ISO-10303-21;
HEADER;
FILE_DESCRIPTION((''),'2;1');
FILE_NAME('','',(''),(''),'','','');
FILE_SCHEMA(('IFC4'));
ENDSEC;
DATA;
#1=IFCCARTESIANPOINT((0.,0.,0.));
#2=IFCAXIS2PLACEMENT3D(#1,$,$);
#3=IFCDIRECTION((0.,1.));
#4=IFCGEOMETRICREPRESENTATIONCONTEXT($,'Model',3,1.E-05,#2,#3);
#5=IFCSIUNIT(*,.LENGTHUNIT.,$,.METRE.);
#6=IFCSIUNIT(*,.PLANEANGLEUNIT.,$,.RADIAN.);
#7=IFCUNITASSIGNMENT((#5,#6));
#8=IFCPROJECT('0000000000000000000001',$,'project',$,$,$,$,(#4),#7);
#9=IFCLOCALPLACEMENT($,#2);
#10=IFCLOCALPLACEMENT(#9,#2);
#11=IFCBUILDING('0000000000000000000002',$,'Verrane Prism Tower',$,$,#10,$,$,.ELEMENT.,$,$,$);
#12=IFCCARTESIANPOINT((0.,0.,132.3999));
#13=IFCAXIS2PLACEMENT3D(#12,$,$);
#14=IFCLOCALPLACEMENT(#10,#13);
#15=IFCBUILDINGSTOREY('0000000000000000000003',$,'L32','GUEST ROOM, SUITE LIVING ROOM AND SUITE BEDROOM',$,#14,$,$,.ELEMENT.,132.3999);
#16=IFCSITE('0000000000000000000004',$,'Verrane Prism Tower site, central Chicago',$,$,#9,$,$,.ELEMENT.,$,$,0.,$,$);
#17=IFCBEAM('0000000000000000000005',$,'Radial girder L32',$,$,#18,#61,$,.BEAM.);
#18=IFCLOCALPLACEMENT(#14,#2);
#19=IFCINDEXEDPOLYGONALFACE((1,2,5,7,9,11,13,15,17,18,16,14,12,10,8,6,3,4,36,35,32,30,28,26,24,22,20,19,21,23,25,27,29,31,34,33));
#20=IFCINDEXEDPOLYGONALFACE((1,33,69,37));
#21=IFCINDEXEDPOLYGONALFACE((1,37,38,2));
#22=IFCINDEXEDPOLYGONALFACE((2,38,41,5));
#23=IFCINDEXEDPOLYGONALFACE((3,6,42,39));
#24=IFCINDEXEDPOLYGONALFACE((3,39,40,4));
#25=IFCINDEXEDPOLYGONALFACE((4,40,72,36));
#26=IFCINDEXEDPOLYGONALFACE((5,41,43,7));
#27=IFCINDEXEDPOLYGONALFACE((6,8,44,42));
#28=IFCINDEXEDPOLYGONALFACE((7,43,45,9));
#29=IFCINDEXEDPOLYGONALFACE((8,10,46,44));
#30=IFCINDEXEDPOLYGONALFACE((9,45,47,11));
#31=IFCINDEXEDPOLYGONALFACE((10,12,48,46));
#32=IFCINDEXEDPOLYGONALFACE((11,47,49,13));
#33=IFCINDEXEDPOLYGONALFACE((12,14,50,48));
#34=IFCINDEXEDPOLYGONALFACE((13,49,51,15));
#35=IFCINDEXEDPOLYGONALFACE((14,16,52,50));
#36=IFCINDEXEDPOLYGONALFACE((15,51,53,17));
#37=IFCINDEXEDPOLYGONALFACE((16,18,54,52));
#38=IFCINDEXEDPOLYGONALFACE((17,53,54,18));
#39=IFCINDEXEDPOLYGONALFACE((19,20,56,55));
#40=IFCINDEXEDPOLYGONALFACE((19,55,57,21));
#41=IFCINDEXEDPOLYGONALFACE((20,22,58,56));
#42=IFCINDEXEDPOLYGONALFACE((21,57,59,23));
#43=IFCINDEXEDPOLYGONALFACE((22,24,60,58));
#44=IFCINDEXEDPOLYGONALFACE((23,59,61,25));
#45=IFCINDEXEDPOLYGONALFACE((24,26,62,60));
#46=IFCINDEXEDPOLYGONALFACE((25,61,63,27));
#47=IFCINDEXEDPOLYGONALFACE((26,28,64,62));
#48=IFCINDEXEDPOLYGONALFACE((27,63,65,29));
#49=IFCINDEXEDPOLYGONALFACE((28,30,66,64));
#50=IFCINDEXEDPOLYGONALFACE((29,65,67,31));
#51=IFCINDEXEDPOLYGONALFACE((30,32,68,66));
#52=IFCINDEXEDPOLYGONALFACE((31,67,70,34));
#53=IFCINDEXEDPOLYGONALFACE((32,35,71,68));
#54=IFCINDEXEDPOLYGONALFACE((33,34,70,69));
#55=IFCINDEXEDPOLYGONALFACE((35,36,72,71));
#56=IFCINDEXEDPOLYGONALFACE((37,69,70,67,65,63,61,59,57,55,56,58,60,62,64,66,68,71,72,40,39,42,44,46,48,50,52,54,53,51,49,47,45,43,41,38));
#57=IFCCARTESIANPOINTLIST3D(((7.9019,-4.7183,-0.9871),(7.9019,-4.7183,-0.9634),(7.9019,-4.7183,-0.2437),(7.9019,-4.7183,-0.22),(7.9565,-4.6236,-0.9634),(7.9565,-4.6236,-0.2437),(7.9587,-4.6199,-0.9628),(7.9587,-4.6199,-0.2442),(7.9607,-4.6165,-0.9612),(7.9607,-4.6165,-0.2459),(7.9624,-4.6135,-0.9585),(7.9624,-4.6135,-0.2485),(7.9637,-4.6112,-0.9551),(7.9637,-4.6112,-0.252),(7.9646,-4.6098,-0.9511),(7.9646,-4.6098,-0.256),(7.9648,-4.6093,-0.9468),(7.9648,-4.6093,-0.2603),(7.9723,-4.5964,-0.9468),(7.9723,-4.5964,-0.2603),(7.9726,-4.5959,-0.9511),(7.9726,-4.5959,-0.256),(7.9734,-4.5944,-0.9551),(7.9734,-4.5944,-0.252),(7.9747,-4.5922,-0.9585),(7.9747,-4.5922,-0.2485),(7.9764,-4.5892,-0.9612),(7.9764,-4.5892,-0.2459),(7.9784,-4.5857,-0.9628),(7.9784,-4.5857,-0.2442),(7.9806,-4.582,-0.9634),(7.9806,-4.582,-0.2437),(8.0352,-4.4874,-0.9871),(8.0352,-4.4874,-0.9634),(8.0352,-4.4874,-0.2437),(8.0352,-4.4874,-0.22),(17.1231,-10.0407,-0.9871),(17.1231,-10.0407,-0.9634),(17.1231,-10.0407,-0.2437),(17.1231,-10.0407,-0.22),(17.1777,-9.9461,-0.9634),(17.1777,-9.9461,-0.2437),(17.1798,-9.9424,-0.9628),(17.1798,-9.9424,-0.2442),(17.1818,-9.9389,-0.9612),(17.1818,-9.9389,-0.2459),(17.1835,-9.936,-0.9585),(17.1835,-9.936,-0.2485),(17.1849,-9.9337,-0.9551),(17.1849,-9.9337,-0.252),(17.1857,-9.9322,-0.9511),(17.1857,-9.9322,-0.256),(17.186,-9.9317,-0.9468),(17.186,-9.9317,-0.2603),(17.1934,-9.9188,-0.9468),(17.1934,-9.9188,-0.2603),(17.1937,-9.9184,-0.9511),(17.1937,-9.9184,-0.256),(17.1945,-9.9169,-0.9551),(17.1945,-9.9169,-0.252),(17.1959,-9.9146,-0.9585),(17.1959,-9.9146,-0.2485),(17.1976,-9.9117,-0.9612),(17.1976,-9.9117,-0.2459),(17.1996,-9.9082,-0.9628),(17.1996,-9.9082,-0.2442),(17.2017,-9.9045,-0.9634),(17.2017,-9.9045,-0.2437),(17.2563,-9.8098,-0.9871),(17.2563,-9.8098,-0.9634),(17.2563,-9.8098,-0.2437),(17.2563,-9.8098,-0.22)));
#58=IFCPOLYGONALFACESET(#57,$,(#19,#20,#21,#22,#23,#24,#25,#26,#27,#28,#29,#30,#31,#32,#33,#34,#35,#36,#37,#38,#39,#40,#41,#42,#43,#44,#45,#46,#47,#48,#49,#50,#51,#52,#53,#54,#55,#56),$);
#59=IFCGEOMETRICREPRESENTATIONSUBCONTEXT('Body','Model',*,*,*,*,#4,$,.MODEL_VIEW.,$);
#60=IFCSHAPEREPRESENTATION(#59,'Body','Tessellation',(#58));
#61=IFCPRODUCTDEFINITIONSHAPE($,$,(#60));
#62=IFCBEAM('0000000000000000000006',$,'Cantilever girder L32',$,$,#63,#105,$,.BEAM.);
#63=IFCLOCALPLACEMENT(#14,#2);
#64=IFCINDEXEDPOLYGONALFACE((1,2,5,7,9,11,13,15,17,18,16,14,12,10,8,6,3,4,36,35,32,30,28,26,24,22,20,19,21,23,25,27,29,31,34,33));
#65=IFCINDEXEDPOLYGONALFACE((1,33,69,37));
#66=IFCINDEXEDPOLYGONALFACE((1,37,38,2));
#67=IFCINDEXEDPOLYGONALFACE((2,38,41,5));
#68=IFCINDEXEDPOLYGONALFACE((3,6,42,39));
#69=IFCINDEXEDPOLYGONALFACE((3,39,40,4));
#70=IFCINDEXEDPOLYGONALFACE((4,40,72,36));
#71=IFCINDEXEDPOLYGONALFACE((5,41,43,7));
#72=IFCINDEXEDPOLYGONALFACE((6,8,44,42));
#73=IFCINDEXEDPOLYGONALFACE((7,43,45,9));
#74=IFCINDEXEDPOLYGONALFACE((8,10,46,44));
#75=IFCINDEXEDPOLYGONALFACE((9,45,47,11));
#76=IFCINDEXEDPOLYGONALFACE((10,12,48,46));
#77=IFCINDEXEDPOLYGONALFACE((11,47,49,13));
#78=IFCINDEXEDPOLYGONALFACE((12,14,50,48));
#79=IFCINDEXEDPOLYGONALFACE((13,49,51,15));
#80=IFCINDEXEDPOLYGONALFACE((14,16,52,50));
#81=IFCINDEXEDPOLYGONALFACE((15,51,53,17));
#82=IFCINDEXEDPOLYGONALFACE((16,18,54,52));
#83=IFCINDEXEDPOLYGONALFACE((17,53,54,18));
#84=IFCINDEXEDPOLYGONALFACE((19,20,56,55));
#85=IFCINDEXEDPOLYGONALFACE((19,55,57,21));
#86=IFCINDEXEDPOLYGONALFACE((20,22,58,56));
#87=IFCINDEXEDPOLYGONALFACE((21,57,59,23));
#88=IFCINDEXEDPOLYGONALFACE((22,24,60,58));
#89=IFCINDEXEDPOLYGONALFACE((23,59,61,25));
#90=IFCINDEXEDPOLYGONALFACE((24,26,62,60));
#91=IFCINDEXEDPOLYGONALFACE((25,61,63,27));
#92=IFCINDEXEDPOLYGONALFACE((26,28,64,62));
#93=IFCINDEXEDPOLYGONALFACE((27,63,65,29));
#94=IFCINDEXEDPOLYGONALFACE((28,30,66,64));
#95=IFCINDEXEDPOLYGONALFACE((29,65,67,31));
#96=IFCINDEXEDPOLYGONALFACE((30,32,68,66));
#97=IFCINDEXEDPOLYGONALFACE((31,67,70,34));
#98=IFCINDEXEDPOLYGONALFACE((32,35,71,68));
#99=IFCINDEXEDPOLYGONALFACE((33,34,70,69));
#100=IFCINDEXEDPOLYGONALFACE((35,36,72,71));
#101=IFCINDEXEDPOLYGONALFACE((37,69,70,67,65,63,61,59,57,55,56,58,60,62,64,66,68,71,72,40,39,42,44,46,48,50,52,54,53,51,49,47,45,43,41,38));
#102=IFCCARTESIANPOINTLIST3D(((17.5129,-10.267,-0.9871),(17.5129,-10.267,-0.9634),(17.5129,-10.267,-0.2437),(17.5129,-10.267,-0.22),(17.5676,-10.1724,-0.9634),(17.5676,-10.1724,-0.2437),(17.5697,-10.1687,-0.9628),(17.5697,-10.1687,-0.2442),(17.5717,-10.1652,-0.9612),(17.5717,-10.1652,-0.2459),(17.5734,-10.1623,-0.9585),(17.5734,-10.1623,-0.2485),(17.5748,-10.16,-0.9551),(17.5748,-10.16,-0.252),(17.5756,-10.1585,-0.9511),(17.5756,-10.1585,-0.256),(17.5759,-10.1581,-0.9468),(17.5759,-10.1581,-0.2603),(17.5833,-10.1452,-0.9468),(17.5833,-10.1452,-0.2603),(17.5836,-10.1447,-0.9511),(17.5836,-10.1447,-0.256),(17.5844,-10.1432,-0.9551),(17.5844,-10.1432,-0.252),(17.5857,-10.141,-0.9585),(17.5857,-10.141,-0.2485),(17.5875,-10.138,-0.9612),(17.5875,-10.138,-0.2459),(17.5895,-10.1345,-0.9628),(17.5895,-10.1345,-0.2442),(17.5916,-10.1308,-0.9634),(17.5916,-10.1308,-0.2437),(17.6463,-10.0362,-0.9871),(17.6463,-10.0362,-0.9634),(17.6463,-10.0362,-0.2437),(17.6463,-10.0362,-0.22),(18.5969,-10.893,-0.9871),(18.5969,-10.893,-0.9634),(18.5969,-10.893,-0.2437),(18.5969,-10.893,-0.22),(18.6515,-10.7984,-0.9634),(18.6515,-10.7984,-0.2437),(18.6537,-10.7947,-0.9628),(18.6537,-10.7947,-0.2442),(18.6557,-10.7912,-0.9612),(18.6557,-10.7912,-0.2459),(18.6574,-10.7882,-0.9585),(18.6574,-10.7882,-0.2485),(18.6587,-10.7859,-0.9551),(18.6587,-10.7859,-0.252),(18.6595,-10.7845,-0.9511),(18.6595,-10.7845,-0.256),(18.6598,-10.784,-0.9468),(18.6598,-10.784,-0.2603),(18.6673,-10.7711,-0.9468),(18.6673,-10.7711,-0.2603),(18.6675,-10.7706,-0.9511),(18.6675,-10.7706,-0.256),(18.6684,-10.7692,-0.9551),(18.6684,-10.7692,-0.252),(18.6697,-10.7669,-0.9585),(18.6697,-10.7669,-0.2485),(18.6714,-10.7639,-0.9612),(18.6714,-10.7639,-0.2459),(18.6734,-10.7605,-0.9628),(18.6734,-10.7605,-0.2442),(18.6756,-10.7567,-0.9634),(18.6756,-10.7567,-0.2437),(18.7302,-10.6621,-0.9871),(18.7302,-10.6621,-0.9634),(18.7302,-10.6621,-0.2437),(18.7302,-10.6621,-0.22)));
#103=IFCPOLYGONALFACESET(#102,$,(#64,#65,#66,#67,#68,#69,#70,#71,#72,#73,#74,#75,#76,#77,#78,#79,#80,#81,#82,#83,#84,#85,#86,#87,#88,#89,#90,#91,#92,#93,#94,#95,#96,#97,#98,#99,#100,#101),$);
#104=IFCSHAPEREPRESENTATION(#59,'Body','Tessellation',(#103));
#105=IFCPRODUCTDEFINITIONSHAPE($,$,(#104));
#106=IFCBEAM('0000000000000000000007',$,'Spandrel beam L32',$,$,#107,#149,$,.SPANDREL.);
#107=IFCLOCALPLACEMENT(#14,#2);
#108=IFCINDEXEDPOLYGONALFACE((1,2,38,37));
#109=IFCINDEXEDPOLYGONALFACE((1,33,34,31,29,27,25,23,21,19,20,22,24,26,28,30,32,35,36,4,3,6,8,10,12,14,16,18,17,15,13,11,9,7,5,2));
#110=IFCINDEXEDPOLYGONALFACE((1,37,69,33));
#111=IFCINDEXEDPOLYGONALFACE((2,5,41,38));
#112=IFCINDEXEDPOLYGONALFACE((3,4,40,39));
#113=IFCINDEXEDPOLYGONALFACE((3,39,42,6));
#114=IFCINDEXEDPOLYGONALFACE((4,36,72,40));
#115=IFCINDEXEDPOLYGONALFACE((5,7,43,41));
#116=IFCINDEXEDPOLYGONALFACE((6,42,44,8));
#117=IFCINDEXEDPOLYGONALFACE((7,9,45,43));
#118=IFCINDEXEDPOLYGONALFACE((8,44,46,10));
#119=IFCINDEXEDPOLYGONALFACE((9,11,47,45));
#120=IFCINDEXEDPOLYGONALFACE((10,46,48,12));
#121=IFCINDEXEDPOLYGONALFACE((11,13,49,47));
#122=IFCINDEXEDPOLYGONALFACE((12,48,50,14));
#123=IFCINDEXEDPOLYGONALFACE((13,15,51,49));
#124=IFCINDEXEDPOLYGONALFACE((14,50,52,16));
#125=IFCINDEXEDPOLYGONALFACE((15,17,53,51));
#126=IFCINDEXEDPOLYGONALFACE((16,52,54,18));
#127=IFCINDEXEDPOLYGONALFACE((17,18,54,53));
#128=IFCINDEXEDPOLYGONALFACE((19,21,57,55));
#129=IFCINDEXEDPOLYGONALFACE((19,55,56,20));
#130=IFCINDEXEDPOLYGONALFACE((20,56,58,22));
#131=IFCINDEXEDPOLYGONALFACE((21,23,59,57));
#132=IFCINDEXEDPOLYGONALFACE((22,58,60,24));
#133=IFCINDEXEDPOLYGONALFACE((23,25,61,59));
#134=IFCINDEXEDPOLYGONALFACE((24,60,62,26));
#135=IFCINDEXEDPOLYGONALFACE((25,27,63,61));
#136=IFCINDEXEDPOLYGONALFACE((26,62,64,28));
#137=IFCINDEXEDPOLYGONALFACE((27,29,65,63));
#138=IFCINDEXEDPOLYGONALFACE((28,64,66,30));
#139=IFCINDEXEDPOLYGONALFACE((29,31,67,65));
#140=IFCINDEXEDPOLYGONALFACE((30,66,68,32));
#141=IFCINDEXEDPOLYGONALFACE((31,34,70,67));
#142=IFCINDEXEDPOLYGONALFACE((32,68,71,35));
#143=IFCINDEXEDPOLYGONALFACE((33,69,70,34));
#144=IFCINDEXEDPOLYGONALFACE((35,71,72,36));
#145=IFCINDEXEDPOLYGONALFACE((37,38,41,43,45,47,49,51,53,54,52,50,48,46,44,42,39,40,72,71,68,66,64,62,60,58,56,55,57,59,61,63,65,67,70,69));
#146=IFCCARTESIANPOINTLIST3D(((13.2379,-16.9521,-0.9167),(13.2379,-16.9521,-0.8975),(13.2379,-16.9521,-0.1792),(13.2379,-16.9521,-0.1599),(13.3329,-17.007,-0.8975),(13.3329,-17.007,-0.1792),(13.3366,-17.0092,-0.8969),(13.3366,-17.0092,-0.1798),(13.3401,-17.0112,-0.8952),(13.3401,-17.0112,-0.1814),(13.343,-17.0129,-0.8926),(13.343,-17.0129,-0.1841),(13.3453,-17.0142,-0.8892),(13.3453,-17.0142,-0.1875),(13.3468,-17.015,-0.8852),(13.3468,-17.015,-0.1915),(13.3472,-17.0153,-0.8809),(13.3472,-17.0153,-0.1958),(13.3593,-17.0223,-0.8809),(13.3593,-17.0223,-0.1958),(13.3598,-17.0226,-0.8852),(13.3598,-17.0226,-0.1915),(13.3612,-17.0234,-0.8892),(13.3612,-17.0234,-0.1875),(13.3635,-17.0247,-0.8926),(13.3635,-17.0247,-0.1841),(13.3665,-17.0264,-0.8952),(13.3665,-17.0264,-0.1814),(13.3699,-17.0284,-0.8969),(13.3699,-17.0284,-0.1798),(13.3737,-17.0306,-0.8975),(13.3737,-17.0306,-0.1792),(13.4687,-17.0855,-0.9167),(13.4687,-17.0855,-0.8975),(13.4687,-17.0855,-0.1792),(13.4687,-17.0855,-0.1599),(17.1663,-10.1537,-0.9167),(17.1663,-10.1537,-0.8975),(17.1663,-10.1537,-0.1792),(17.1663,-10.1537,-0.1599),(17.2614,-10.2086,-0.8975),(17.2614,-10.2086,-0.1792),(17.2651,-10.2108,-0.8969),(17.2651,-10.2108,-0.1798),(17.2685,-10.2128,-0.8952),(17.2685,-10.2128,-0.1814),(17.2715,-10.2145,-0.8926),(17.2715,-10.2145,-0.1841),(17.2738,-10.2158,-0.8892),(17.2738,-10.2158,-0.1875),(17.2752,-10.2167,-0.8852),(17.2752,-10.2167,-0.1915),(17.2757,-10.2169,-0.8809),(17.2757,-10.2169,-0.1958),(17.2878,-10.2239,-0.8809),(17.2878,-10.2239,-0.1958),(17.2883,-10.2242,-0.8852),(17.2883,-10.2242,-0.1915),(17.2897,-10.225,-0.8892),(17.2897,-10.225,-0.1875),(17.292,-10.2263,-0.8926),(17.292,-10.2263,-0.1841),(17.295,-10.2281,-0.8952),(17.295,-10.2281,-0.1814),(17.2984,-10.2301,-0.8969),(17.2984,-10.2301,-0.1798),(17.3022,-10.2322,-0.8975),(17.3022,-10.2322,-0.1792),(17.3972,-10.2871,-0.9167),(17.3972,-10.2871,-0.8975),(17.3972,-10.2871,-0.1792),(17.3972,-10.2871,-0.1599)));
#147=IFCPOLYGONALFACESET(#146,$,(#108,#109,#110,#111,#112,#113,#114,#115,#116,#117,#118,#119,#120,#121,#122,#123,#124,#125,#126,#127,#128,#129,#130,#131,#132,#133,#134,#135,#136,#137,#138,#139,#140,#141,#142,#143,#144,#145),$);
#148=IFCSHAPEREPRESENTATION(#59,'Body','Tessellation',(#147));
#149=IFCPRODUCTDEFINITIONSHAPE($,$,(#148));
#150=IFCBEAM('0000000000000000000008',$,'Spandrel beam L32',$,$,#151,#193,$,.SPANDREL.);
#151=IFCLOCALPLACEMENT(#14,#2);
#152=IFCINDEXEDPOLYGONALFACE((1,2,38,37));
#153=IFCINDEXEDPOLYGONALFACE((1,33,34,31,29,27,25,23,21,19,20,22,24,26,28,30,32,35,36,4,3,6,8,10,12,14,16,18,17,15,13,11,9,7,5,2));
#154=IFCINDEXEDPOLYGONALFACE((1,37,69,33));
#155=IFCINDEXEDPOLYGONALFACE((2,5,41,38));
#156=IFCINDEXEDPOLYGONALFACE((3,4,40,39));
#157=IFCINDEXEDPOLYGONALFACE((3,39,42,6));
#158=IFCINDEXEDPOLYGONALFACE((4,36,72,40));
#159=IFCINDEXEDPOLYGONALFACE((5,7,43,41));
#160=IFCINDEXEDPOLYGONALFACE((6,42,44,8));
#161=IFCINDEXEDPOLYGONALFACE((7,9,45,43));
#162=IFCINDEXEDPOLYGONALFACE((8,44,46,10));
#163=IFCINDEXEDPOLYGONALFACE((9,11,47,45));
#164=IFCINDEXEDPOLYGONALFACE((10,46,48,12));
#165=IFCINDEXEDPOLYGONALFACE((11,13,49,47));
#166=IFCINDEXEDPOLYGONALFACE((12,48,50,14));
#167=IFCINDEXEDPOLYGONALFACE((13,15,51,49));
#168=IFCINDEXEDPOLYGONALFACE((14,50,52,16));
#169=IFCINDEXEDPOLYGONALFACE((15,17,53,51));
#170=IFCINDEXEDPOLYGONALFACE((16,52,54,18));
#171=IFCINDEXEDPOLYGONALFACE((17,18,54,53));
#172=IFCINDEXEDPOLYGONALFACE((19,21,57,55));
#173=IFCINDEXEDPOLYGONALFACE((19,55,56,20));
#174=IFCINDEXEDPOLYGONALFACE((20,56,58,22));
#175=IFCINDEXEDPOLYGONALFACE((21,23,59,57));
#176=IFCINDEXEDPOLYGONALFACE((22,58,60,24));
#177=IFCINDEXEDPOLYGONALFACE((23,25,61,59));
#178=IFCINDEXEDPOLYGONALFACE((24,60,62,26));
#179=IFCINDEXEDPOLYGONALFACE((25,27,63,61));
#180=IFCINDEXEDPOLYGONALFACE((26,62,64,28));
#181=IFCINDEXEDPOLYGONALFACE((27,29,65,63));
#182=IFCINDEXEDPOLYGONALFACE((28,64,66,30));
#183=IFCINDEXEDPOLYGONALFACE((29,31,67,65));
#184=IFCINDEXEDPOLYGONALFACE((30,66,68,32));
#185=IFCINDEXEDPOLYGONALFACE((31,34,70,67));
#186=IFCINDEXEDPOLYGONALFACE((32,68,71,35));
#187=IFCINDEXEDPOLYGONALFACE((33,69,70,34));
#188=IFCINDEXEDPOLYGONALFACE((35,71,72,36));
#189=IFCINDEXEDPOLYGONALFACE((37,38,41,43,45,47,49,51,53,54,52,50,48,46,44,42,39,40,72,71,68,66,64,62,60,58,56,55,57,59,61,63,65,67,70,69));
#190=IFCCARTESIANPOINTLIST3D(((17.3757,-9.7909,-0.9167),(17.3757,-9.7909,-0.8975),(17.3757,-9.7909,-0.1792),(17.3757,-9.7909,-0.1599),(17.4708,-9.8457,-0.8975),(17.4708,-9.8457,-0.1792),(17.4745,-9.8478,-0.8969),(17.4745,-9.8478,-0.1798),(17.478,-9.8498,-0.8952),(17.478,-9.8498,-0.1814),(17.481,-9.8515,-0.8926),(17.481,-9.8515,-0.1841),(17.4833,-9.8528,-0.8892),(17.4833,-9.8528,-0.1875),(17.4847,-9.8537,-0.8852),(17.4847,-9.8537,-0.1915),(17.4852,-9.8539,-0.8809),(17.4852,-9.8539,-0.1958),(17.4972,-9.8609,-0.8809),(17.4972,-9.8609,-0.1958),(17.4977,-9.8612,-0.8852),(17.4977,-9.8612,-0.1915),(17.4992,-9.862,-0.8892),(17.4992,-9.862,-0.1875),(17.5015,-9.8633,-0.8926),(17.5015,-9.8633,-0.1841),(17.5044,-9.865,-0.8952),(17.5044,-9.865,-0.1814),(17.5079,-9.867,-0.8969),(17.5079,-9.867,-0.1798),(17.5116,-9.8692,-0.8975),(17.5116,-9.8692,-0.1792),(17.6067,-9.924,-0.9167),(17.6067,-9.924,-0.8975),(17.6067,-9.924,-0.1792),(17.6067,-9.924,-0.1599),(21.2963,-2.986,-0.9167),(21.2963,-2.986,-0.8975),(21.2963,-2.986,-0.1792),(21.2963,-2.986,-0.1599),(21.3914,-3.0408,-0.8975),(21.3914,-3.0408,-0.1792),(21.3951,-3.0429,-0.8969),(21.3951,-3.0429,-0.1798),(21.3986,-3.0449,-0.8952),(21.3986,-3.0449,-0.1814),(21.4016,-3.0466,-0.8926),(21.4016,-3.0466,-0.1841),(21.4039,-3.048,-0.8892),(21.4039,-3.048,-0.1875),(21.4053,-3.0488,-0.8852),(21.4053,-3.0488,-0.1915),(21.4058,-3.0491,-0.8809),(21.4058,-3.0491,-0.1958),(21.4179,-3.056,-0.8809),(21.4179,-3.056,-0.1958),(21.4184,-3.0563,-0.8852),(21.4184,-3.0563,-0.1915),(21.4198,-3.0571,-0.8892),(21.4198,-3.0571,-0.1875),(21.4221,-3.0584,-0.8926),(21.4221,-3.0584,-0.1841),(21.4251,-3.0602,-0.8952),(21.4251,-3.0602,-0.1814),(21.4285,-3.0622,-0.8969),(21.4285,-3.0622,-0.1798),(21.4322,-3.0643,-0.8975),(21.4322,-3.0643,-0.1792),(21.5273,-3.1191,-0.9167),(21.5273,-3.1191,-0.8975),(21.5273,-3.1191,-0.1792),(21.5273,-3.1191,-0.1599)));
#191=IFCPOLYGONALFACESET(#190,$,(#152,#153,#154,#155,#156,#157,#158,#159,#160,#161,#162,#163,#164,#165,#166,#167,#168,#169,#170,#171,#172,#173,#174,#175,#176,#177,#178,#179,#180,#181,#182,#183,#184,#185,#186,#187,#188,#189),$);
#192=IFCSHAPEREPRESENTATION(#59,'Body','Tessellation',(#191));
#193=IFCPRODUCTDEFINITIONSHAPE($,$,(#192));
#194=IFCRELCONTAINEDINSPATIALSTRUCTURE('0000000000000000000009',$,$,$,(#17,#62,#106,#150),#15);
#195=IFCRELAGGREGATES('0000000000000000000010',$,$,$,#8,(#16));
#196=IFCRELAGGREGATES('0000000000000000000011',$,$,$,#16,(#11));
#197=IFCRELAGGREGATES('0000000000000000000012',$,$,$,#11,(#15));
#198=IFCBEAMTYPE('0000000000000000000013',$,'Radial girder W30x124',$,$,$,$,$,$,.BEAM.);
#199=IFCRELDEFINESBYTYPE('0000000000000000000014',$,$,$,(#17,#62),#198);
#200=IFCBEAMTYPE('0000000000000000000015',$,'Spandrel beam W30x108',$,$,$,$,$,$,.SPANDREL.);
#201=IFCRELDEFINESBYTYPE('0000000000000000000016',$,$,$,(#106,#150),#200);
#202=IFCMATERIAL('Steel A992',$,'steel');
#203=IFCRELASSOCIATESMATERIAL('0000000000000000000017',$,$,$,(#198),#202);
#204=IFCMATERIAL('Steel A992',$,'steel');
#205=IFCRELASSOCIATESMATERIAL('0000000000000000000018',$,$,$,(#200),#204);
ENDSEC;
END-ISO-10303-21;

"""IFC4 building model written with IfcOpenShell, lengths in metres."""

from ifc_helpers import new_model, si_unit, direction, frame, origin, origin_2d, place, context, subcontext, project, spatial, i_section, extrude, material, material_profile, profile_set, type_object, element, save


model = new_model("IFC4")

# Units and contexts
model_context = context("Model", 3, precision=1e-05, world=origin(), true_north=direction((0.0, 1.0)))
body_context = subcontext(model_context, "Body", "Model", "MODEL_VIEW")
ifc_project = project(units=[si_unit("LENGTHUNIT", "METRE"), si_unit("PLANEANGLEUNIT", "RADIAN")], contexts=[model_context])

# Site, building, storey
site_placement = place(None, origin())
site = spatial("IfcSite", under=ifc_project, at=site_placement, Name="Verrane Prism Tower site, central Chicago", CompositionType="ELEMENT", RefElevation=0.0)
building_placement = place(site_placement, origin())
building = spatial("IfcBuilding", under=site, at=building_placement, Name="Verrane Prism Tower", CompositionType="ELEMENT")
storey_placement = place(building_placement, frame((0.0, 0.0, 132.3999)))
storey = spatial("IfcBuildingStorey", under=building, at=storey_placement, Name="L32", Description="GUEST ROOM, SUITE LIVING ROOM AND SUITE BEDROOM", CompositionType="ELEMENT", Elevation=132.3999)

# Beams
ifc_material_1 = material(Name="Steel A992", Category="steel")
ifc_material_profile_1 = material_profile(ifc_material_1, i_section(OverallWidth=0.2666, OverallDepth=0.7671, WebThickness=0.0149, FlangeThickness=0.0237, FilletRadius=0.0166, at=origin_2d()), Name="W30x124")
ifc_profile_set_1 = profile_set([ifc_material_profile_1], Name="Steel A992")
beam_type_1 = type_object("IfcBeamType", Name="Radial girder W30x124", PredefinedType="BEAM", material=ifc_profile_set_1)
beam_1_placement = place(storey_placement, frame((17.1897, -9.9253, -0.6035), z_axis=(-0.86608, 0.499905, 0.0), x_axis=(-0.499905, -0.86608, 0.0)))
element("IfcBeam", 1, at=beam_1_placement, inside=storey, type_object=beam_type_1, Name="Radial girder L32", PredefinedType="BEAM", context=body_context, shape_type="SweptSolid", body=[
    extrude(i_section(OverallWidth=0.2666, OverallDepth=0.7671, WebThickness=0.0149, FlangeThickness=0.0237, FilletRadius=0.0166, at=origin_2d()), origin(), (0.0, 0.0, 1.0), 10.647),
])
beam_2_placement = place(storey_placement, frame((17.5796, -10.1516, -0.6035), z_axis=(0.865978, -0.500083, 0.0), x_axis=(0.500083, 0.865978, 0.0)))
element("IfcBeam", 2, at=beam_2_placement, inside=storey, type_object=beam_type_1, Name="Cantilever girder L32", PredefinedType="BEAM", context=body_context, shape_type="SweptSolid", body=[
    extrude(i_section(OverallWidth=0.2666, OverallDepth=0.7671, WebThickness=0.0149, FlangeThickness=0.0237, FilletRadius=0.0166, at=origin_2d()), origin(), (0.0, 0.0, 1.0), 1.2517),
])
ifc_material_2 = material(Name="Steel A992", Category="steel")
ifc_material_profile_2 = material_profile(ifc_material_2, i_section(OverallWidth=0.2666, OverallDepth=0.7568, WebThickness=0.0139, FlangeThickness=0.0193, FilletRadius=0.0166, at=origin_2d()), Name="W30x108")
ifc_profile_set_2 = profile_set([ifc_material_profile_2], Name="Steel A992")
beam_type_2 = type_object("IfcBeamType", Name="Spandrel beam W30x108", PredefinedType="SPANDREL", material=ifc_profile_set_2)
beam_3_placement = place(storey_placement, frame((13.3533, -17.0188, -0.5383), z_axis=(0.500329, 0.865835, 0.0), x_axis=(-0.865835, 0.500329, 0.0)))
element("IfcBeam", 3, at=beam_3_placement, inside=storey, type_object=beam_type_2, Name="Spandrel beam L32", PredefinedType="SPANDREL", context=body_context, shape_type="SweptSolid", body=[
    extrude(i_section(OverallWidth=0.2666, OverallDepth=0.7568, WebThickness=0.0139, FlangeThickness=0.0193, FilletRadius=0.0166, at=origin_2d()), origin(), (0.0, 0.0, 1.0), 7.8518),
])
beam_4_placement = place(storey_placement, frame((17.4912, -9.8574, -0.5383), z_axis=(0.499219, 0.866476, 0.0), x_axis=(-0.866476, 0.499219, 0.0)))
element("IfcBeam", 4, at=beam_4_placement, inside=storey, type_object=beam_type_2, Name="Spandrel beam L32", PredefinedType="SPANDREL", context=body_context, shape_type="SweptSolid", body=[
    extrude(i_section(OverallWidth=0.2666, OverallDepth=0.7568, WebThickness=0.0139, FlangeThickness=0.0193, FilletRadius=0.0166, at=origin_2d()), origin(), (0.0, 0.0, 1.0), 7.8535),
])

save(model, "model.ifc")
